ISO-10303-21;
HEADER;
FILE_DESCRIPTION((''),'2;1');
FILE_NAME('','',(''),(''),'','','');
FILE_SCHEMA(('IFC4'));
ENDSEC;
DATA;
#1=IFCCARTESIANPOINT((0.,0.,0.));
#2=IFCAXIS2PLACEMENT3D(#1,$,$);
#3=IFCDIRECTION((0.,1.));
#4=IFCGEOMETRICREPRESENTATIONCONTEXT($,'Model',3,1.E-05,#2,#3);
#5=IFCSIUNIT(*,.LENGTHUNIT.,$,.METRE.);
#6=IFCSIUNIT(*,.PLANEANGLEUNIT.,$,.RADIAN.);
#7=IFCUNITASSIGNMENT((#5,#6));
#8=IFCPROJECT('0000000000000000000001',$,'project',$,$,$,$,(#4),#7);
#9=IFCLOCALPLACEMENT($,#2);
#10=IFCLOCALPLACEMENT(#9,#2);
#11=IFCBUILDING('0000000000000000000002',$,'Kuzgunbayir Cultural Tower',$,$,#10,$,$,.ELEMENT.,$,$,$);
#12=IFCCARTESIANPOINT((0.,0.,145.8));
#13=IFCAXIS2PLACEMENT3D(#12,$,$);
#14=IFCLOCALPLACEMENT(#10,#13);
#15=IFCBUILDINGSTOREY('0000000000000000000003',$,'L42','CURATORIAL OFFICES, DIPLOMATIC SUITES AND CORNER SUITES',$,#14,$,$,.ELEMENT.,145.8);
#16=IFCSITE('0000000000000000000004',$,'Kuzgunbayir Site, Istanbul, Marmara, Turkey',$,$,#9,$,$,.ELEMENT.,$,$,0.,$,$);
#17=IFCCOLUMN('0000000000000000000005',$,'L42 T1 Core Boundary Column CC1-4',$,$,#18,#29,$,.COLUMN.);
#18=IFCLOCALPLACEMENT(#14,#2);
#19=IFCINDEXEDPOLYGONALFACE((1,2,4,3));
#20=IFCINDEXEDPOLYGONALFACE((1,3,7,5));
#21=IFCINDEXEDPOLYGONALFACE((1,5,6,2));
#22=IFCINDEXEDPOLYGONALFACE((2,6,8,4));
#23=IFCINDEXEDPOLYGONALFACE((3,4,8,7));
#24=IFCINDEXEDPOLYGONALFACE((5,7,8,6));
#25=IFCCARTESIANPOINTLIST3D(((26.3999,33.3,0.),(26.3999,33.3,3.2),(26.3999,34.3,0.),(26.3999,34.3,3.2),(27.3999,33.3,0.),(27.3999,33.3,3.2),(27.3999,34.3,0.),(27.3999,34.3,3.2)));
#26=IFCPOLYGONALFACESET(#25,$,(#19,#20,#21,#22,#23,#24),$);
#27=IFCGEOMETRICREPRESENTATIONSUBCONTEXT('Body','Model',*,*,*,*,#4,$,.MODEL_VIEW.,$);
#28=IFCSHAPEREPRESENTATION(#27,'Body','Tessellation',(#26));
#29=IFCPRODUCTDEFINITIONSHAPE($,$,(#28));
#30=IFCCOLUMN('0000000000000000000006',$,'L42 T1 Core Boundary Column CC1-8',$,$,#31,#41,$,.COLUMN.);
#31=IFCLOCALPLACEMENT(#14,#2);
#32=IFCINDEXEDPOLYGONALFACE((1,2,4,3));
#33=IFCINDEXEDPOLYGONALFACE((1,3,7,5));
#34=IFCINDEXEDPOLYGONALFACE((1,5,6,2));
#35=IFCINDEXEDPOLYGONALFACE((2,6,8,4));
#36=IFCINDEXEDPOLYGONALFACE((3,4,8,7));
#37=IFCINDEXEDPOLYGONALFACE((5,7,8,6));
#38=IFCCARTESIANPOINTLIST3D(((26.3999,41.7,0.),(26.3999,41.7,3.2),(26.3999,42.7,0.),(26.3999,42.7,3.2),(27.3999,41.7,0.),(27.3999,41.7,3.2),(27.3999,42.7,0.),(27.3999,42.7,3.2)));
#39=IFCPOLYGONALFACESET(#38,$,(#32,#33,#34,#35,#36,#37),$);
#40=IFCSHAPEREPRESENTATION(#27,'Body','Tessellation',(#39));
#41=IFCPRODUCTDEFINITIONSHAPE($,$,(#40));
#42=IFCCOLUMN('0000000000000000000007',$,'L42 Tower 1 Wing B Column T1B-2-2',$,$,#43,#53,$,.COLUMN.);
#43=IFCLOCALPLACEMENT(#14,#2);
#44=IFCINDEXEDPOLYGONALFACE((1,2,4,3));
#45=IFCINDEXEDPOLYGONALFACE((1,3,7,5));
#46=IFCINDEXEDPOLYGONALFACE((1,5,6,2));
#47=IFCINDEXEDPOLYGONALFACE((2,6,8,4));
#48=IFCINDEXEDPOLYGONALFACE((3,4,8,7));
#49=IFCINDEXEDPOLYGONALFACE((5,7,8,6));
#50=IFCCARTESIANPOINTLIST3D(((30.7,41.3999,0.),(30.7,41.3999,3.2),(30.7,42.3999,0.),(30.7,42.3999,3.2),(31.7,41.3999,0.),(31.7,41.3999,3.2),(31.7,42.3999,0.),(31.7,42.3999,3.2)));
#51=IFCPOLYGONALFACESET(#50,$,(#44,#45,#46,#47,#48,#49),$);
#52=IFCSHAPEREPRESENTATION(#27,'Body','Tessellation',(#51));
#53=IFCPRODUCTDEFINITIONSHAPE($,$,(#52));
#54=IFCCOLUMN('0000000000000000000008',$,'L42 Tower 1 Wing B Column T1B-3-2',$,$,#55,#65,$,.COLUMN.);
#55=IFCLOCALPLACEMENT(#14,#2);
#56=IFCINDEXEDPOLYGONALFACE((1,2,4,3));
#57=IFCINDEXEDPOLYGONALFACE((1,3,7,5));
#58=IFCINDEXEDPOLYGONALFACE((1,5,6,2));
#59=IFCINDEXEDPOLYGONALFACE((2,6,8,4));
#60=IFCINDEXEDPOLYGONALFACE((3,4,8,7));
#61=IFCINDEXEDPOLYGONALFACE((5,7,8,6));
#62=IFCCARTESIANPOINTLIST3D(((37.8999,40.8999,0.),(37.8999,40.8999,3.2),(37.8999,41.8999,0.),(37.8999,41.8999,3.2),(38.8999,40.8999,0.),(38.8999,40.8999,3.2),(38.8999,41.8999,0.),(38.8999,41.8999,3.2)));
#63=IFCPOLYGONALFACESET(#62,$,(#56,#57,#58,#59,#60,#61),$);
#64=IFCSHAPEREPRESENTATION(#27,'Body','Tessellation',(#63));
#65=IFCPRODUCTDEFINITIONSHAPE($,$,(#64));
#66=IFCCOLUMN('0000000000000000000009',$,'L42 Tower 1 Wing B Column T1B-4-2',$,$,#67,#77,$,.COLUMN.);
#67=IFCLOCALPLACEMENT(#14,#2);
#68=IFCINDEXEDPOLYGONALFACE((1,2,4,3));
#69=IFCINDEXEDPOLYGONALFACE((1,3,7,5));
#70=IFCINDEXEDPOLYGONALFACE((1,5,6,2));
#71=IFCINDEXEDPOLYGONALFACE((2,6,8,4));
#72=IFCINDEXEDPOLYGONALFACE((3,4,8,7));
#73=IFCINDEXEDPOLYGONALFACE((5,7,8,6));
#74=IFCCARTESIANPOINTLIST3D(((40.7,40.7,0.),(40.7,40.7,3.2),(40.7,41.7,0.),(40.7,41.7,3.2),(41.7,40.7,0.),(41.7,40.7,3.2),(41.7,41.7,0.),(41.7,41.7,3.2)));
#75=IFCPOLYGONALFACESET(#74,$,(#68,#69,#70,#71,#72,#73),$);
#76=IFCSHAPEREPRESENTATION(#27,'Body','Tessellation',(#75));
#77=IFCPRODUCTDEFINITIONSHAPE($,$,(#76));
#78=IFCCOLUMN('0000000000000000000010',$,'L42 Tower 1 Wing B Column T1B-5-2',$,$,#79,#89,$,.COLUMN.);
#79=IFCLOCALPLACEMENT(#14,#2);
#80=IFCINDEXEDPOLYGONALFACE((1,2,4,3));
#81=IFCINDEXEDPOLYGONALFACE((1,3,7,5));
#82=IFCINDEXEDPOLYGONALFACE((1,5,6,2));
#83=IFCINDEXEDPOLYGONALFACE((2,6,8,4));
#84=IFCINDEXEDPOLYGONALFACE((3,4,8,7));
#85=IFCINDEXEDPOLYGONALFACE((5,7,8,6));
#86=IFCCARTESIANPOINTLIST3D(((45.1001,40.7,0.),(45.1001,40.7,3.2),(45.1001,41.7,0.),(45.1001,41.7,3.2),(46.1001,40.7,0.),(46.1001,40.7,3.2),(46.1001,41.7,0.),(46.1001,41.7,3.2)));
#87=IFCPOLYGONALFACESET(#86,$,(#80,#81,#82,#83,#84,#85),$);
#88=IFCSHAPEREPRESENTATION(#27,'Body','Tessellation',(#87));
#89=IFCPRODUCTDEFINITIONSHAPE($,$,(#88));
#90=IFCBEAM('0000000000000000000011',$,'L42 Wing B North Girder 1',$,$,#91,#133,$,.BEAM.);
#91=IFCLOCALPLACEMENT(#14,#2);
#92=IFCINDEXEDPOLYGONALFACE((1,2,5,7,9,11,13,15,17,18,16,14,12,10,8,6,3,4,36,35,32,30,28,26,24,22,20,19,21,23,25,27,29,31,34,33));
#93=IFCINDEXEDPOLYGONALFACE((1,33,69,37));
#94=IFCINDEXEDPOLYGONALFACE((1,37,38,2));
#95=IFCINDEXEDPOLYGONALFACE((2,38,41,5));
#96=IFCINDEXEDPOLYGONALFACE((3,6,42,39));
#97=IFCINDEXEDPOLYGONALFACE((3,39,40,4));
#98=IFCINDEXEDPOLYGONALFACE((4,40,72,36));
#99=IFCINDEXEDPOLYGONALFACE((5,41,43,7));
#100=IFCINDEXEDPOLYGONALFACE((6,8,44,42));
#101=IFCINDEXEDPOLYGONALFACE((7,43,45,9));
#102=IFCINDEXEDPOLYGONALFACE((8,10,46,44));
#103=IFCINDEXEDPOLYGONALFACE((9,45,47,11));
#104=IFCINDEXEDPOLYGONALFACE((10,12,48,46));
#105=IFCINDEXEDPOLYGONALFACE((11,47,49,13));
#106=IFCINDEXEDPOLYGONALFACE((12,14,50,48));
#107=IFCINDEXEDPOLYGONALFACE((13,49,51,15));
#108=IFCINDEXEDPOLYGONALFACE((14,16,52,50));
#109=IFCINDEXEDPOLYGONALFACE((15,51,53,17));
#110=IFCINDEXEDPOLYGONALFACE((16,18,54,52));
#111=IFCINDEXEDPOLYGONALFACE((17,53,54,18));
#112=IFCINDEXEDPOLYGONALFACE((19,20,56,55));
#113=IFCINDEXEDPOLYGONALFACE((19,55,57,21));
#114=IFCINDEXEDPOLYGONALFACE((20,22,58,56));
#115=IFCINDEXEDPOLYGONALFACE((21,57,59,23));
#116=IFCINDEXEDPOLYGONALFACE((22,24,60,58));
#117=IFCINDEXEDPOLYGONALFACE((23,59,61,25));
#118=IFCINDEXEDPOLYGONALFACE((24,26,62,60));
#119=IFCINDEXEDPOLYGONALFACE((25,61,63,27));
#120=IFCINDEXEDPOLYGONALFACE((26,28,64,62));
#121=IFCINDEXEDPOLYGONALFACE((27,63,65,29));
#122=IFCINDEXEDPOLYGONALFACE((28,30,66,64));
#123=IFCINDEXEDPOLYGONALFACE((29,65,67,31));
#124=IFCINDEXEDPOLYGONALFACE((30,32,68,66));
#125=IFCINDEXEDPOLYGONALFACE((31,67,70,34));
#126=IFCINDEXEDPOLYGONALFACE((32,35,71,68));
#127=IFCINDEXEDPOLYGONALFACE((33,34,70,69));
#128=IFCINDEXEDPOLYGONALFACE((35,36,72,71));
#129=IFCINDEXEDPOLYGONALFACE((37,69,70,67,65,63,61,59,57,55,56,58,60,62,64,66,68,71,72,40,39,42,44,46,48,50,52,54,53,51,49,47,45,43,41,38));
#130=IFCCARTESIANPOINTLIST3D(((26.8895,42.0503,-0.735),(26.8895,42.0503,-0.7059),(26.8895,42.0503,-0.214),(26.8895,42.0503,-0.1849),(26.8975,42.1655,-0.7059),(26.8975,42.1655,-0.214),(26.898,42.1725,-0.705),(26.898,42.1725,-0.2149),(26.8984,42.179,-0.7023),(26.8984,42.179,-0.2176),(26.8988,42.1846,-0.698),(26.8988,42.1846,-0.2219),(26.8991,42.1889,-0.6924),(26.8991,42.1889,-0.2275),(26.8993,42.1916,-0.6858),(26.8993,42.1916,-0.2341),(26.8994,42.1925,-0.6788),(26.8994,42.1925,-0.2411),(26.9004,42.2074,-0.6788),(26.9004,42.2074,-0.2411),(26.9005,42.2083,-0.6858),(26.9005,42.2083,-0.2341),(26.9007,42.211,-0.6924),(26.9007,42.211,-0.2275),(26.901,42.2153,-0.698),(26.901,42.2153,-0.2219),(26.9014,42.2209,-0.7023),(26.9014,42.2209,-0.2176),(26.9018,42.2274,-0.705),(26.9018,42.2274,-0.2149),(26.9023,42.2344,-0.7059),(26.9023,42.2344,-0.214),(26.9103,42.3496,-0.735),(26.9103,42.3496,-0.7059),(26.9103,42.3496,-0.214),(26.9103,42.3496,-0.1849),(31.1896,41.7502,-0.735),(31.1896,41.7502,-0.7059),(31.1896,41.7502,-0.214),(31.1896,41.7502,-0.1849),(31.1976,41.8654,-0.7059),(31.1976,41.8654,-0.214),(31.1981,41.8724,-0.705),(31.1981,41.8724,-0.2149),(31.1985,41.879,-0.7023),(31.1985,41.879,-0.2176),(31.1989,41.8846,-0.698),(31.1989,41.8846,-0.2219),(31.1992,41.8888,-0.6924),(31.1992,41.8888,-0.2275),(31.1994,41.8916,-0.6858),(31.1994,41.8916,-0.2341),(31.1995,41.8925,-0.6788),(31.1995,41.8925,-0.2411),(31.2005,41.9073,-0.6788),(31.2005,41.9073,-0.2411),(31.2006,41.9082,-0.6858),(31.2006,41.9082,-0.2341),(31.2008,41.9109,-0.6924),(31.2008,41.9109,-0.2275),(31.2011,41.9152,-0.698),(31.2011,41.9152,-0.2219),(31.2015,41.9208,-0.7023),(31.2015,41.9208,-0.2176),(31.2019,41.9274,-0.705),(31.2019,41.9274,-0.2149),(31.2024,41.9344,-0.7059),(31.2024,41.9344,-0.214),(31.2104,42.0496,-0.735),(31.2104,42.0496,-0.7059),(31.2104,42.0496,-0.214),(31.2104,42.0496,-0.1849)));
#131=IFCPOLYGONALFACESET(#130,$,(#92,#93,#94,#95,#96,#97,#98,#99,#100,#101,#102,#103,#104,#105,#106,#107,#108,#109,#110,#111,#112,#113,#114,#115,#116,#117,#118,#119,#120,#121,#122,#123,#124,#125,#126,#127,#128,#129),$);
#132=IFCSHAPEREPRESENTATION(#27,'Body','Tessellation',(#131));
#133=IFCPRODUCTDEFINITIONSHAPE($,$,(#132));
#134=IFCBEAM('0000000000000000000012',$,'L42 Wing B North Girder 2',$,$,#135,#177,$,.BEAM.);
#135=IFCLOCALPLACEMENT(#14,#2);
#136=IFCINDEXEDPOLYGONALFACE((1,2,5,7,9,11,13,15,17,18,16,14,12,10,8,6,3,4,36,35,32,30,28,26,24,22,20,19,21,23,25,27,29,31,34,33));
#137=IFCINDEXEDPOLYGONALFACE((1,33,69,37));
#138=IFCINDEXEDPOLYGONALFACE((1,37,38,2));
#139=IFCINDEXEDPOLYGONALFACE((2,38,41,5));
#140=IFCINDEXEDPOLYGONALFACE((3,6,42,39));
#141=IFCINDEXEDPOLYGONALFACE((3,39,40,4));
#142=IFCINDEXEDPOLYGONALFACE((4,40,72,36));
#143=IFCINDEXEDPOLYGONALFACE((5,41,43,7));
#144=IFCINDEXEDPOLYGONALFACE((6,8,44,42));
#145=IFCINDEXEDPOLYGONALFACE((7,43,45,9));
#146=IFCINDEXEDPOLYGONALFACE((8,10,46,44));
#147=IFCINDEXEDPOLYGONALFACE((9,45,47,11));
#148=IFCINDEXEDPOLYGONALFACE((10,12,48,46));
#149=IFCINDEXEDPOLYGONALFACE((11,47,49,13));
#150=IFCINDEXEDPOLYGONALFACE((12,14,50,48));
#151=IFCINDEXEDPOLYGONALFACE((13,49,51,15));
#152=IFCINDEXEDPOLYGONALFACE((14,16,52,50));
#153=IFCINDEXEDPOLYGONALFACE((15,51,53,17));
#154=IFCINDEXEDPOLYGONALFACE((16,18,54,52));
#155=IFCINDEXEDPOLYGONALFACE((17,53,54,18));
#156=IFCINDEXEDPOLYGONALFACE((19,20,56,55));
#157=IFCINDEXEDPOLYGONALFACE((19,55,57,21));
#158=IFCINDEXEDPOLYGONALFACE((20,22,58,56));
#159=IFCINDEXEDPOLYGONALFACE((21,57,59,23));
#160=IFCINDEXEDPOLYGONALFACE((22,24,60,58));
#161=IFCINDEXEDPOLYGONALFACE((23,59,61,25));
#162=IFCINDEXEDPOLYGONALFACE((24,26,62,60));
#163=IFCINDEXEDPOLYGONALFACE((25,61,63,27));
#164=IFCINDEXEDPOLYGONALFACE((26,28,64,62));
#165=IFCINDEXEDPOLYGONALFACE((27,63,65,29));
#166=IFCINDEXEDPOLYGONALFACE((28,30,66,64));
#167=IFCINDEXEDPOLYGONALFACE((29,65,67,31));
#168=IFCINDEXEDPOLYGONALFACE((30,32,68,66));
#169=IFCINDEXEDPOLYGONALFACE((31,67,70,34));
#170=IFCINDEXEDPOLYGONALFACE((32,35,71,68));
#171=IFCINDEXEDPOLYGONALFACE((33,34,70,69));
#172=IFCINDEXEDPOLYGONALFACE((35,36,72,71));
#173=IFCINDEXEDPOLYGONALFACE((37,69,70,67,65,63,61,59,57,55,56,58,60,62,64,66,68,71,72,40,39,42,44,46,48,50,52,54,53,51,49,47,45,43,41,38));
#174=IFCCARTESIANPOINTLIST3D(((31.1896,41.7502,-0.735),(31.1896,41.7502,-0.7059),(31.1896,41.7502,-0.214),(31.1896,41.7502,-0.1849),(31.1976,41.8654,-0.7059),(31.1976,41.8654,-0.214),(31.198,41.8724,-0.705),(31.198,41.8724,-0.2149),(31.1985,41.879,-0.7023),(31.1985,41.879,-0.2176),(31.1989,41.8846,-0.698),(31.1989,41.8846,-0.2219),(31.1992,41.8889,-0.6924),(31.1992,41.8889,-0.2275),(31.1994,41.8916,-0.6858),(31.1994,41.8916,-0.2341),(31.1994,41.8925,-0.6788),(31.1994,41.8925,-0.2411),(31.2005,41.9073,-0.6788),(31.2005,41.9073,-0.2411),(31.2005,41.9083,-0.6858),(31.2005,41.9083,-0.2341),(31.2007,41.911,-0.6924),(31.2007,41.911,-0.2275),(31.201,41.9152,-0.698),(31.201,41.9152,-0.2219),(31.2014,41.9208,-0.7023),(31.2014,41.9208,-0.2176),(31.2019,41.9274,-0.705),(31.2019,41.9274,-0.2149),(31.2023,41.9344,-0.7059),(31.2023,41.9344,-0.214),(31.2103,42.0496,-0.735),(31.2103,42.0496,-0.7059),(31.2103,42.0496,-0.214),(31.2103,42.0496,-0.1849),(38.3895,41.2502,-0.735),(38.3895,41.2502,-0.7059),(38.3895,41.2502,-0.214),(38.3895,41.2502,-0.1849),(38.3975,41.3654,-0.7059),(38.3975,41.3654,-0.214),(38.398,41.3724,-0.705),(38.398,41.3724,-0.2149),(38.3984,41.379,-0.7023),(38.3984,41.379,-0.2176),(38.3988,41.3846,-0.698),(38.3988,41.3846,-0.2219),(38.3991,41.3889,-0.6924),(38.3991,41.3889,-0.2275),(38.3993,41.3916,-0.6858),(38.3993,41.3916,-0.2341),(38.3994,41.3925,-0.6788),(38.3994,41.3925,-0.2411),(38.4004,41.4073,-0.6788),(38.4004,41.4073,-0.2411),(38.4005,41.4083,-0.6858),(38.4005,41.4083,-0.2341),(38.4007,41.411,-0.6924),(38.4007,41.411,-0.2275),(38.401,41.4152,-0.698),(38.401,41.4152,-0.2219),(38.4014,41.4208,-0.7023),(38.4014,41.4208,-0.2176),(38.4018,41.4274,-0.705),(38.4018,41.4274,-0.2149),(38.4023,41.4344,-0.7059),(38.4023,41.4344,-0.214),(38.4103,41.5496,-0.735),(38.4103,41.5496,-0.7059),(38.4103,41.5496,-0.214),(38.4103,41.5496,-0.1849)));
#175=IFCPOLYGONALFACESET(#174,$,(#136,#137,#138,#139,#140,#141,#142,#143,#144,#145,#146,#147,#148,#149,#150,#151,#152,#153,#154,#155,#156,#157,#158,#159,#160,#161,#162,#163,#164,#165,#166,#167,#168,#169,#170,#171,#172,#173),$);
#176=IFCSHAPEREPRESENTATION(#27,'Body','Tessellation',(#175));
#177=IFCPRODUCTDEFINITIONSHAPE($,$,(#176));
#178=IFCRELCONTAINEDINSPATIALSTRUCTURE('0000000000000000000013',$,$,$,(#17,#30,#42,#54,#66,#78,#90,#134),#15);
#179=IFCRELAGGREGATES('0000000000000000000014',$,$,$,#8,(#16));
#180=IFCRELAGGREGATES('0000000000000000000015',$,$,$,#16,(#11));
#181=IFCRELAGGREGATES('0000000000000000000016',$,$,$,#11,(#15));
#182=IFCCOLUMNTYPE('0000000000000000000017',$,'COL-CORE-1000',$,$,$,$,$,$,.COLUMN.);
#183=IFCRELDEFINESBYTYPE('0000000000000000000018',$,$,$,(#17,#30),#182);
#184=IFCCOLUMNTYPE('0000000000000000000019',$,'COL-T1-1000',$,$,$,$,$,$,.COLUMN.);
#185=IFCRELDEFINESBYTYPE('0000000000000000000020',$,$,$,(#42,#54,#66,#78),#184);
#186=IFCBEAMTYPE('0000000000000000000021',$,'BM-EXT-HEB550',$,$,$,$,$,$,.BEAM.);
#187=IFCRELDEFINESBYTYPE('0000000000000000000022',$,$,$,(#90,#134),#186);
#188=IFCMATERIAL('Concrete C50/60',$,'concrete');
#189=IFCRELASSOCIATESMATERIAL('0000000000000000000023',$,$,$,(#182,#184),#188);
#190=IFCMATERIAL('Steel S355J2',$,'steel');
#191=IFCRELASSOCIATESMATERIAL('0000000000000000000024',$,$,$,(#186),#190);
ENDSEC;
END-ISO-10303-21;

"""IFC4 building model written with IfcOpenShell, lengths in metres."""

from ifc_helpers import new_model, si_unit, direction, frame, origin, origin_2d, place, context, subcontext, project, spatial, rectangle, i_section, extrude, material, material_profile, profile_set, type_object, element, save


model = new_model("IFC4")

# Units and contexts
model_context = context("Model", 3, precision=1e-05, world=origin(), true_north=direction((0.0, 1.0)))
body_context = subcontext(model_context, "Body", "Model", "MODEL_VIEW")
ifc_project = project(units=[si_unit("LENGTHUNIT", "METRE"), si_unit("PLANEANGLEUNIT", "RADIAN")], contexts=[model_context])

# Site, building, storey
site_placement = place(None, origin())
site = spatial("IfcSite", under=ifc_project, at=site_placement, Name="Kuzgunbayir Site, Istanbul, Marmara, Turkey", CompositionType="ELEMENT", RefElevation=0.0)
building_placement = place(site_placement, origin())
building = spatial("IfcBuilding", under=site, at=building_placement, Name="Kuzgunbayir Cultural Tower", CompositionType="ELEMENT")
storey_placement = place(building_placement, frame((0.0, 0.0, 145.8)))
storey = spatial("IfcBuildingStorey", under=building, at=storey_placement, Name="L42", Description="CURATORIAL OFFICES, DIPLOMATIC SUITES AND CORNER SUITES", CompositionType="ELEMENT", Elevation=145.8)

# Columns
ifc_material_1 = material(Name="Concrete C50/60", Category="concrete")
ifc_material_profile_1 = material_profile(ifc_material_1, rectangle(XDim=1.0, YDim=1.0, at=origin_2d()), Name="RC 1000x1000")
ifc_profile_set_1 = profile_set([ifc_material_profile_1], Name="Concrete C50/60")
column_type_1 = type_object("IfcColumnType", Name="COL-CORE-1000", PredefinedType="COLUMN", material=ifc_profile_set_1)
for number, where, z_axis, x_axis, name in (
    (1, (26.8999, 33.8, 0.0), (0.0, 0.0, 1.0), (1.0, 0.0, 0.0), "L42 T1 Core Boundary Column CC1-4"),
    (2, (26.8999, 42.2, 0.0), (0.0, 0.0, 1.0), (1.0, 0.0, 0.0), "L42 T1 Core Boundary Column CC1-8"),
):
    element("IfcColumn", number, at=place(storey_placement, frame(where, z_axis=z_axis, x_axis=x_axis)), inside=storey, type_object=column_type_1, Name=name, PredefinedType="COLUMN", context=body_context, shape_type="SweptSolid", body=[
        extrude(rectangle(XDim=1.0, YDim=1.0, at=origin_2d()), origin(), (0.0, 0.0, 1.0), 3.2),
    ])
ifc_material_profile_2 = material_profile(ifc_material_1, rectangle(XDim=1.0, YDim=1.0, at=origin_2d()), Name="RC 1000x1000")
ifc_profile_set_2 = profile_set([ifc_material_profile_2], Name="Concrete C50/60")
column_type_2 = type_object("IfcColumnType", Name="COL-T1-1000", PredefinedType="COLUMN", material=ifc_profile_set_2)
for number, where, z_axis, x_axis, name in (
    (3, (31.2, 41.8999, 0.0), (0.0, 0.0, 1.0), (1.0, 0.0, 0.0), "L42 Tower 1 Wing B Column T1B-2-2"),
    (4, (38.3999, 41.3999, 0.0), (0.0, 0.0, 1.0), (1.0, 0.0, 0.0), "L42 Tower 1 Wing B Column T1B-3-2"),
    (5, (41.2, 41.2, 0.0), (0.0, 0.0, 1.0), (1.0, 0.0, 0.0), "L42 Tower 1 Wing B Column T1B-4-2"),
    (6, (45.6001, 41.2, 0.0), (0.0, 0.0, 1.0), (1.0, 0.0, 0.0), "L42 Tower 1 Wing B Column T1B-5-2"),
):
    element("IfcColumn", number, at=place(storey_placement, frame(where, z_axis=z_axis, x_axis=x_axis)), inside=storey, type_object=column_type_2, Name=name, PredefinedType="COLUMN", context=body_context, shape_type="SweptSolid", body=[
        extrude(rectangle(XDim=1.0, YDim=1.0, at=origin_2d()), origin(), (0.0, 0.0, 1.0), 3.2),
    ])

# Beams
ifc_material_2 = material(Name="Steel S355J2", Category="steel")
ifc_material_profile_3 = material_profile(ifc_material_2, i_section(OverallWidth=0.3, OverallDepth=0.55, WebThickness=0.0149, FlangeThickness=0.0291, FilletRadius=0.0271, at=origin_2d()), Name="HEB 550")
ifc_profile_set_3 = profile_set([ifc_material_profile_3], Name="Steel S355J2")
beam_type_1 = type_object("IfcBeamType", Name="BM-EXT-HEB550", PredefinedType="BEAM", material=ifc_profile_set_3)
beam_1_placement = place(storey_placement, frame((26.8999, 42.2, -0.46), z_axis=(0.997574, -0.069609, 0.0), x_axis=(0.069609, 0.997574, 0.0)))
element("IfcBeam", 7, at=beam_1_placement, inside=storey, type_object=beam_type_1, Name="L42 Wing B North Girder 1", PredefinedType="BEAM", context=body_context, shape_type="SweptSolid", body=[
    extrude(i_section(OverallWidth=0.3, OverallDepth=0.55, WebThickness=0.0149, FlangeThickness=0.0291, FilletRadius=0.0271, at=origin_2d()), origin(), (0.0, 0.0, 1.0), 4.3105),
])
beam_2_placement = place(storey_placement, frame((31.2, 41.8999, -0.46), z_axis=(0.997597, -0.069278, 0.0), x_axis=(0.069278, 0.997597, 0.0)))
element("IfcBeam", 8, at=beam_2_placement, inside=storey, type_object=beam_type_1, Name="L42 Wing B North Girder 2", PredefinedType="BEAM", context=body_context, shape_type="SweptSolid", body=[
    extrude(i_section(OverallWidth=0.3, OverallDepth=0.55, WebThickness=0.0149, FlangeThickness=0.0291, FilletRadius=0.0271, at=origin_2d()), origin(), (0.0, 0.0, 1.0), 7.2173),
])

save(model, "model.ifc")
